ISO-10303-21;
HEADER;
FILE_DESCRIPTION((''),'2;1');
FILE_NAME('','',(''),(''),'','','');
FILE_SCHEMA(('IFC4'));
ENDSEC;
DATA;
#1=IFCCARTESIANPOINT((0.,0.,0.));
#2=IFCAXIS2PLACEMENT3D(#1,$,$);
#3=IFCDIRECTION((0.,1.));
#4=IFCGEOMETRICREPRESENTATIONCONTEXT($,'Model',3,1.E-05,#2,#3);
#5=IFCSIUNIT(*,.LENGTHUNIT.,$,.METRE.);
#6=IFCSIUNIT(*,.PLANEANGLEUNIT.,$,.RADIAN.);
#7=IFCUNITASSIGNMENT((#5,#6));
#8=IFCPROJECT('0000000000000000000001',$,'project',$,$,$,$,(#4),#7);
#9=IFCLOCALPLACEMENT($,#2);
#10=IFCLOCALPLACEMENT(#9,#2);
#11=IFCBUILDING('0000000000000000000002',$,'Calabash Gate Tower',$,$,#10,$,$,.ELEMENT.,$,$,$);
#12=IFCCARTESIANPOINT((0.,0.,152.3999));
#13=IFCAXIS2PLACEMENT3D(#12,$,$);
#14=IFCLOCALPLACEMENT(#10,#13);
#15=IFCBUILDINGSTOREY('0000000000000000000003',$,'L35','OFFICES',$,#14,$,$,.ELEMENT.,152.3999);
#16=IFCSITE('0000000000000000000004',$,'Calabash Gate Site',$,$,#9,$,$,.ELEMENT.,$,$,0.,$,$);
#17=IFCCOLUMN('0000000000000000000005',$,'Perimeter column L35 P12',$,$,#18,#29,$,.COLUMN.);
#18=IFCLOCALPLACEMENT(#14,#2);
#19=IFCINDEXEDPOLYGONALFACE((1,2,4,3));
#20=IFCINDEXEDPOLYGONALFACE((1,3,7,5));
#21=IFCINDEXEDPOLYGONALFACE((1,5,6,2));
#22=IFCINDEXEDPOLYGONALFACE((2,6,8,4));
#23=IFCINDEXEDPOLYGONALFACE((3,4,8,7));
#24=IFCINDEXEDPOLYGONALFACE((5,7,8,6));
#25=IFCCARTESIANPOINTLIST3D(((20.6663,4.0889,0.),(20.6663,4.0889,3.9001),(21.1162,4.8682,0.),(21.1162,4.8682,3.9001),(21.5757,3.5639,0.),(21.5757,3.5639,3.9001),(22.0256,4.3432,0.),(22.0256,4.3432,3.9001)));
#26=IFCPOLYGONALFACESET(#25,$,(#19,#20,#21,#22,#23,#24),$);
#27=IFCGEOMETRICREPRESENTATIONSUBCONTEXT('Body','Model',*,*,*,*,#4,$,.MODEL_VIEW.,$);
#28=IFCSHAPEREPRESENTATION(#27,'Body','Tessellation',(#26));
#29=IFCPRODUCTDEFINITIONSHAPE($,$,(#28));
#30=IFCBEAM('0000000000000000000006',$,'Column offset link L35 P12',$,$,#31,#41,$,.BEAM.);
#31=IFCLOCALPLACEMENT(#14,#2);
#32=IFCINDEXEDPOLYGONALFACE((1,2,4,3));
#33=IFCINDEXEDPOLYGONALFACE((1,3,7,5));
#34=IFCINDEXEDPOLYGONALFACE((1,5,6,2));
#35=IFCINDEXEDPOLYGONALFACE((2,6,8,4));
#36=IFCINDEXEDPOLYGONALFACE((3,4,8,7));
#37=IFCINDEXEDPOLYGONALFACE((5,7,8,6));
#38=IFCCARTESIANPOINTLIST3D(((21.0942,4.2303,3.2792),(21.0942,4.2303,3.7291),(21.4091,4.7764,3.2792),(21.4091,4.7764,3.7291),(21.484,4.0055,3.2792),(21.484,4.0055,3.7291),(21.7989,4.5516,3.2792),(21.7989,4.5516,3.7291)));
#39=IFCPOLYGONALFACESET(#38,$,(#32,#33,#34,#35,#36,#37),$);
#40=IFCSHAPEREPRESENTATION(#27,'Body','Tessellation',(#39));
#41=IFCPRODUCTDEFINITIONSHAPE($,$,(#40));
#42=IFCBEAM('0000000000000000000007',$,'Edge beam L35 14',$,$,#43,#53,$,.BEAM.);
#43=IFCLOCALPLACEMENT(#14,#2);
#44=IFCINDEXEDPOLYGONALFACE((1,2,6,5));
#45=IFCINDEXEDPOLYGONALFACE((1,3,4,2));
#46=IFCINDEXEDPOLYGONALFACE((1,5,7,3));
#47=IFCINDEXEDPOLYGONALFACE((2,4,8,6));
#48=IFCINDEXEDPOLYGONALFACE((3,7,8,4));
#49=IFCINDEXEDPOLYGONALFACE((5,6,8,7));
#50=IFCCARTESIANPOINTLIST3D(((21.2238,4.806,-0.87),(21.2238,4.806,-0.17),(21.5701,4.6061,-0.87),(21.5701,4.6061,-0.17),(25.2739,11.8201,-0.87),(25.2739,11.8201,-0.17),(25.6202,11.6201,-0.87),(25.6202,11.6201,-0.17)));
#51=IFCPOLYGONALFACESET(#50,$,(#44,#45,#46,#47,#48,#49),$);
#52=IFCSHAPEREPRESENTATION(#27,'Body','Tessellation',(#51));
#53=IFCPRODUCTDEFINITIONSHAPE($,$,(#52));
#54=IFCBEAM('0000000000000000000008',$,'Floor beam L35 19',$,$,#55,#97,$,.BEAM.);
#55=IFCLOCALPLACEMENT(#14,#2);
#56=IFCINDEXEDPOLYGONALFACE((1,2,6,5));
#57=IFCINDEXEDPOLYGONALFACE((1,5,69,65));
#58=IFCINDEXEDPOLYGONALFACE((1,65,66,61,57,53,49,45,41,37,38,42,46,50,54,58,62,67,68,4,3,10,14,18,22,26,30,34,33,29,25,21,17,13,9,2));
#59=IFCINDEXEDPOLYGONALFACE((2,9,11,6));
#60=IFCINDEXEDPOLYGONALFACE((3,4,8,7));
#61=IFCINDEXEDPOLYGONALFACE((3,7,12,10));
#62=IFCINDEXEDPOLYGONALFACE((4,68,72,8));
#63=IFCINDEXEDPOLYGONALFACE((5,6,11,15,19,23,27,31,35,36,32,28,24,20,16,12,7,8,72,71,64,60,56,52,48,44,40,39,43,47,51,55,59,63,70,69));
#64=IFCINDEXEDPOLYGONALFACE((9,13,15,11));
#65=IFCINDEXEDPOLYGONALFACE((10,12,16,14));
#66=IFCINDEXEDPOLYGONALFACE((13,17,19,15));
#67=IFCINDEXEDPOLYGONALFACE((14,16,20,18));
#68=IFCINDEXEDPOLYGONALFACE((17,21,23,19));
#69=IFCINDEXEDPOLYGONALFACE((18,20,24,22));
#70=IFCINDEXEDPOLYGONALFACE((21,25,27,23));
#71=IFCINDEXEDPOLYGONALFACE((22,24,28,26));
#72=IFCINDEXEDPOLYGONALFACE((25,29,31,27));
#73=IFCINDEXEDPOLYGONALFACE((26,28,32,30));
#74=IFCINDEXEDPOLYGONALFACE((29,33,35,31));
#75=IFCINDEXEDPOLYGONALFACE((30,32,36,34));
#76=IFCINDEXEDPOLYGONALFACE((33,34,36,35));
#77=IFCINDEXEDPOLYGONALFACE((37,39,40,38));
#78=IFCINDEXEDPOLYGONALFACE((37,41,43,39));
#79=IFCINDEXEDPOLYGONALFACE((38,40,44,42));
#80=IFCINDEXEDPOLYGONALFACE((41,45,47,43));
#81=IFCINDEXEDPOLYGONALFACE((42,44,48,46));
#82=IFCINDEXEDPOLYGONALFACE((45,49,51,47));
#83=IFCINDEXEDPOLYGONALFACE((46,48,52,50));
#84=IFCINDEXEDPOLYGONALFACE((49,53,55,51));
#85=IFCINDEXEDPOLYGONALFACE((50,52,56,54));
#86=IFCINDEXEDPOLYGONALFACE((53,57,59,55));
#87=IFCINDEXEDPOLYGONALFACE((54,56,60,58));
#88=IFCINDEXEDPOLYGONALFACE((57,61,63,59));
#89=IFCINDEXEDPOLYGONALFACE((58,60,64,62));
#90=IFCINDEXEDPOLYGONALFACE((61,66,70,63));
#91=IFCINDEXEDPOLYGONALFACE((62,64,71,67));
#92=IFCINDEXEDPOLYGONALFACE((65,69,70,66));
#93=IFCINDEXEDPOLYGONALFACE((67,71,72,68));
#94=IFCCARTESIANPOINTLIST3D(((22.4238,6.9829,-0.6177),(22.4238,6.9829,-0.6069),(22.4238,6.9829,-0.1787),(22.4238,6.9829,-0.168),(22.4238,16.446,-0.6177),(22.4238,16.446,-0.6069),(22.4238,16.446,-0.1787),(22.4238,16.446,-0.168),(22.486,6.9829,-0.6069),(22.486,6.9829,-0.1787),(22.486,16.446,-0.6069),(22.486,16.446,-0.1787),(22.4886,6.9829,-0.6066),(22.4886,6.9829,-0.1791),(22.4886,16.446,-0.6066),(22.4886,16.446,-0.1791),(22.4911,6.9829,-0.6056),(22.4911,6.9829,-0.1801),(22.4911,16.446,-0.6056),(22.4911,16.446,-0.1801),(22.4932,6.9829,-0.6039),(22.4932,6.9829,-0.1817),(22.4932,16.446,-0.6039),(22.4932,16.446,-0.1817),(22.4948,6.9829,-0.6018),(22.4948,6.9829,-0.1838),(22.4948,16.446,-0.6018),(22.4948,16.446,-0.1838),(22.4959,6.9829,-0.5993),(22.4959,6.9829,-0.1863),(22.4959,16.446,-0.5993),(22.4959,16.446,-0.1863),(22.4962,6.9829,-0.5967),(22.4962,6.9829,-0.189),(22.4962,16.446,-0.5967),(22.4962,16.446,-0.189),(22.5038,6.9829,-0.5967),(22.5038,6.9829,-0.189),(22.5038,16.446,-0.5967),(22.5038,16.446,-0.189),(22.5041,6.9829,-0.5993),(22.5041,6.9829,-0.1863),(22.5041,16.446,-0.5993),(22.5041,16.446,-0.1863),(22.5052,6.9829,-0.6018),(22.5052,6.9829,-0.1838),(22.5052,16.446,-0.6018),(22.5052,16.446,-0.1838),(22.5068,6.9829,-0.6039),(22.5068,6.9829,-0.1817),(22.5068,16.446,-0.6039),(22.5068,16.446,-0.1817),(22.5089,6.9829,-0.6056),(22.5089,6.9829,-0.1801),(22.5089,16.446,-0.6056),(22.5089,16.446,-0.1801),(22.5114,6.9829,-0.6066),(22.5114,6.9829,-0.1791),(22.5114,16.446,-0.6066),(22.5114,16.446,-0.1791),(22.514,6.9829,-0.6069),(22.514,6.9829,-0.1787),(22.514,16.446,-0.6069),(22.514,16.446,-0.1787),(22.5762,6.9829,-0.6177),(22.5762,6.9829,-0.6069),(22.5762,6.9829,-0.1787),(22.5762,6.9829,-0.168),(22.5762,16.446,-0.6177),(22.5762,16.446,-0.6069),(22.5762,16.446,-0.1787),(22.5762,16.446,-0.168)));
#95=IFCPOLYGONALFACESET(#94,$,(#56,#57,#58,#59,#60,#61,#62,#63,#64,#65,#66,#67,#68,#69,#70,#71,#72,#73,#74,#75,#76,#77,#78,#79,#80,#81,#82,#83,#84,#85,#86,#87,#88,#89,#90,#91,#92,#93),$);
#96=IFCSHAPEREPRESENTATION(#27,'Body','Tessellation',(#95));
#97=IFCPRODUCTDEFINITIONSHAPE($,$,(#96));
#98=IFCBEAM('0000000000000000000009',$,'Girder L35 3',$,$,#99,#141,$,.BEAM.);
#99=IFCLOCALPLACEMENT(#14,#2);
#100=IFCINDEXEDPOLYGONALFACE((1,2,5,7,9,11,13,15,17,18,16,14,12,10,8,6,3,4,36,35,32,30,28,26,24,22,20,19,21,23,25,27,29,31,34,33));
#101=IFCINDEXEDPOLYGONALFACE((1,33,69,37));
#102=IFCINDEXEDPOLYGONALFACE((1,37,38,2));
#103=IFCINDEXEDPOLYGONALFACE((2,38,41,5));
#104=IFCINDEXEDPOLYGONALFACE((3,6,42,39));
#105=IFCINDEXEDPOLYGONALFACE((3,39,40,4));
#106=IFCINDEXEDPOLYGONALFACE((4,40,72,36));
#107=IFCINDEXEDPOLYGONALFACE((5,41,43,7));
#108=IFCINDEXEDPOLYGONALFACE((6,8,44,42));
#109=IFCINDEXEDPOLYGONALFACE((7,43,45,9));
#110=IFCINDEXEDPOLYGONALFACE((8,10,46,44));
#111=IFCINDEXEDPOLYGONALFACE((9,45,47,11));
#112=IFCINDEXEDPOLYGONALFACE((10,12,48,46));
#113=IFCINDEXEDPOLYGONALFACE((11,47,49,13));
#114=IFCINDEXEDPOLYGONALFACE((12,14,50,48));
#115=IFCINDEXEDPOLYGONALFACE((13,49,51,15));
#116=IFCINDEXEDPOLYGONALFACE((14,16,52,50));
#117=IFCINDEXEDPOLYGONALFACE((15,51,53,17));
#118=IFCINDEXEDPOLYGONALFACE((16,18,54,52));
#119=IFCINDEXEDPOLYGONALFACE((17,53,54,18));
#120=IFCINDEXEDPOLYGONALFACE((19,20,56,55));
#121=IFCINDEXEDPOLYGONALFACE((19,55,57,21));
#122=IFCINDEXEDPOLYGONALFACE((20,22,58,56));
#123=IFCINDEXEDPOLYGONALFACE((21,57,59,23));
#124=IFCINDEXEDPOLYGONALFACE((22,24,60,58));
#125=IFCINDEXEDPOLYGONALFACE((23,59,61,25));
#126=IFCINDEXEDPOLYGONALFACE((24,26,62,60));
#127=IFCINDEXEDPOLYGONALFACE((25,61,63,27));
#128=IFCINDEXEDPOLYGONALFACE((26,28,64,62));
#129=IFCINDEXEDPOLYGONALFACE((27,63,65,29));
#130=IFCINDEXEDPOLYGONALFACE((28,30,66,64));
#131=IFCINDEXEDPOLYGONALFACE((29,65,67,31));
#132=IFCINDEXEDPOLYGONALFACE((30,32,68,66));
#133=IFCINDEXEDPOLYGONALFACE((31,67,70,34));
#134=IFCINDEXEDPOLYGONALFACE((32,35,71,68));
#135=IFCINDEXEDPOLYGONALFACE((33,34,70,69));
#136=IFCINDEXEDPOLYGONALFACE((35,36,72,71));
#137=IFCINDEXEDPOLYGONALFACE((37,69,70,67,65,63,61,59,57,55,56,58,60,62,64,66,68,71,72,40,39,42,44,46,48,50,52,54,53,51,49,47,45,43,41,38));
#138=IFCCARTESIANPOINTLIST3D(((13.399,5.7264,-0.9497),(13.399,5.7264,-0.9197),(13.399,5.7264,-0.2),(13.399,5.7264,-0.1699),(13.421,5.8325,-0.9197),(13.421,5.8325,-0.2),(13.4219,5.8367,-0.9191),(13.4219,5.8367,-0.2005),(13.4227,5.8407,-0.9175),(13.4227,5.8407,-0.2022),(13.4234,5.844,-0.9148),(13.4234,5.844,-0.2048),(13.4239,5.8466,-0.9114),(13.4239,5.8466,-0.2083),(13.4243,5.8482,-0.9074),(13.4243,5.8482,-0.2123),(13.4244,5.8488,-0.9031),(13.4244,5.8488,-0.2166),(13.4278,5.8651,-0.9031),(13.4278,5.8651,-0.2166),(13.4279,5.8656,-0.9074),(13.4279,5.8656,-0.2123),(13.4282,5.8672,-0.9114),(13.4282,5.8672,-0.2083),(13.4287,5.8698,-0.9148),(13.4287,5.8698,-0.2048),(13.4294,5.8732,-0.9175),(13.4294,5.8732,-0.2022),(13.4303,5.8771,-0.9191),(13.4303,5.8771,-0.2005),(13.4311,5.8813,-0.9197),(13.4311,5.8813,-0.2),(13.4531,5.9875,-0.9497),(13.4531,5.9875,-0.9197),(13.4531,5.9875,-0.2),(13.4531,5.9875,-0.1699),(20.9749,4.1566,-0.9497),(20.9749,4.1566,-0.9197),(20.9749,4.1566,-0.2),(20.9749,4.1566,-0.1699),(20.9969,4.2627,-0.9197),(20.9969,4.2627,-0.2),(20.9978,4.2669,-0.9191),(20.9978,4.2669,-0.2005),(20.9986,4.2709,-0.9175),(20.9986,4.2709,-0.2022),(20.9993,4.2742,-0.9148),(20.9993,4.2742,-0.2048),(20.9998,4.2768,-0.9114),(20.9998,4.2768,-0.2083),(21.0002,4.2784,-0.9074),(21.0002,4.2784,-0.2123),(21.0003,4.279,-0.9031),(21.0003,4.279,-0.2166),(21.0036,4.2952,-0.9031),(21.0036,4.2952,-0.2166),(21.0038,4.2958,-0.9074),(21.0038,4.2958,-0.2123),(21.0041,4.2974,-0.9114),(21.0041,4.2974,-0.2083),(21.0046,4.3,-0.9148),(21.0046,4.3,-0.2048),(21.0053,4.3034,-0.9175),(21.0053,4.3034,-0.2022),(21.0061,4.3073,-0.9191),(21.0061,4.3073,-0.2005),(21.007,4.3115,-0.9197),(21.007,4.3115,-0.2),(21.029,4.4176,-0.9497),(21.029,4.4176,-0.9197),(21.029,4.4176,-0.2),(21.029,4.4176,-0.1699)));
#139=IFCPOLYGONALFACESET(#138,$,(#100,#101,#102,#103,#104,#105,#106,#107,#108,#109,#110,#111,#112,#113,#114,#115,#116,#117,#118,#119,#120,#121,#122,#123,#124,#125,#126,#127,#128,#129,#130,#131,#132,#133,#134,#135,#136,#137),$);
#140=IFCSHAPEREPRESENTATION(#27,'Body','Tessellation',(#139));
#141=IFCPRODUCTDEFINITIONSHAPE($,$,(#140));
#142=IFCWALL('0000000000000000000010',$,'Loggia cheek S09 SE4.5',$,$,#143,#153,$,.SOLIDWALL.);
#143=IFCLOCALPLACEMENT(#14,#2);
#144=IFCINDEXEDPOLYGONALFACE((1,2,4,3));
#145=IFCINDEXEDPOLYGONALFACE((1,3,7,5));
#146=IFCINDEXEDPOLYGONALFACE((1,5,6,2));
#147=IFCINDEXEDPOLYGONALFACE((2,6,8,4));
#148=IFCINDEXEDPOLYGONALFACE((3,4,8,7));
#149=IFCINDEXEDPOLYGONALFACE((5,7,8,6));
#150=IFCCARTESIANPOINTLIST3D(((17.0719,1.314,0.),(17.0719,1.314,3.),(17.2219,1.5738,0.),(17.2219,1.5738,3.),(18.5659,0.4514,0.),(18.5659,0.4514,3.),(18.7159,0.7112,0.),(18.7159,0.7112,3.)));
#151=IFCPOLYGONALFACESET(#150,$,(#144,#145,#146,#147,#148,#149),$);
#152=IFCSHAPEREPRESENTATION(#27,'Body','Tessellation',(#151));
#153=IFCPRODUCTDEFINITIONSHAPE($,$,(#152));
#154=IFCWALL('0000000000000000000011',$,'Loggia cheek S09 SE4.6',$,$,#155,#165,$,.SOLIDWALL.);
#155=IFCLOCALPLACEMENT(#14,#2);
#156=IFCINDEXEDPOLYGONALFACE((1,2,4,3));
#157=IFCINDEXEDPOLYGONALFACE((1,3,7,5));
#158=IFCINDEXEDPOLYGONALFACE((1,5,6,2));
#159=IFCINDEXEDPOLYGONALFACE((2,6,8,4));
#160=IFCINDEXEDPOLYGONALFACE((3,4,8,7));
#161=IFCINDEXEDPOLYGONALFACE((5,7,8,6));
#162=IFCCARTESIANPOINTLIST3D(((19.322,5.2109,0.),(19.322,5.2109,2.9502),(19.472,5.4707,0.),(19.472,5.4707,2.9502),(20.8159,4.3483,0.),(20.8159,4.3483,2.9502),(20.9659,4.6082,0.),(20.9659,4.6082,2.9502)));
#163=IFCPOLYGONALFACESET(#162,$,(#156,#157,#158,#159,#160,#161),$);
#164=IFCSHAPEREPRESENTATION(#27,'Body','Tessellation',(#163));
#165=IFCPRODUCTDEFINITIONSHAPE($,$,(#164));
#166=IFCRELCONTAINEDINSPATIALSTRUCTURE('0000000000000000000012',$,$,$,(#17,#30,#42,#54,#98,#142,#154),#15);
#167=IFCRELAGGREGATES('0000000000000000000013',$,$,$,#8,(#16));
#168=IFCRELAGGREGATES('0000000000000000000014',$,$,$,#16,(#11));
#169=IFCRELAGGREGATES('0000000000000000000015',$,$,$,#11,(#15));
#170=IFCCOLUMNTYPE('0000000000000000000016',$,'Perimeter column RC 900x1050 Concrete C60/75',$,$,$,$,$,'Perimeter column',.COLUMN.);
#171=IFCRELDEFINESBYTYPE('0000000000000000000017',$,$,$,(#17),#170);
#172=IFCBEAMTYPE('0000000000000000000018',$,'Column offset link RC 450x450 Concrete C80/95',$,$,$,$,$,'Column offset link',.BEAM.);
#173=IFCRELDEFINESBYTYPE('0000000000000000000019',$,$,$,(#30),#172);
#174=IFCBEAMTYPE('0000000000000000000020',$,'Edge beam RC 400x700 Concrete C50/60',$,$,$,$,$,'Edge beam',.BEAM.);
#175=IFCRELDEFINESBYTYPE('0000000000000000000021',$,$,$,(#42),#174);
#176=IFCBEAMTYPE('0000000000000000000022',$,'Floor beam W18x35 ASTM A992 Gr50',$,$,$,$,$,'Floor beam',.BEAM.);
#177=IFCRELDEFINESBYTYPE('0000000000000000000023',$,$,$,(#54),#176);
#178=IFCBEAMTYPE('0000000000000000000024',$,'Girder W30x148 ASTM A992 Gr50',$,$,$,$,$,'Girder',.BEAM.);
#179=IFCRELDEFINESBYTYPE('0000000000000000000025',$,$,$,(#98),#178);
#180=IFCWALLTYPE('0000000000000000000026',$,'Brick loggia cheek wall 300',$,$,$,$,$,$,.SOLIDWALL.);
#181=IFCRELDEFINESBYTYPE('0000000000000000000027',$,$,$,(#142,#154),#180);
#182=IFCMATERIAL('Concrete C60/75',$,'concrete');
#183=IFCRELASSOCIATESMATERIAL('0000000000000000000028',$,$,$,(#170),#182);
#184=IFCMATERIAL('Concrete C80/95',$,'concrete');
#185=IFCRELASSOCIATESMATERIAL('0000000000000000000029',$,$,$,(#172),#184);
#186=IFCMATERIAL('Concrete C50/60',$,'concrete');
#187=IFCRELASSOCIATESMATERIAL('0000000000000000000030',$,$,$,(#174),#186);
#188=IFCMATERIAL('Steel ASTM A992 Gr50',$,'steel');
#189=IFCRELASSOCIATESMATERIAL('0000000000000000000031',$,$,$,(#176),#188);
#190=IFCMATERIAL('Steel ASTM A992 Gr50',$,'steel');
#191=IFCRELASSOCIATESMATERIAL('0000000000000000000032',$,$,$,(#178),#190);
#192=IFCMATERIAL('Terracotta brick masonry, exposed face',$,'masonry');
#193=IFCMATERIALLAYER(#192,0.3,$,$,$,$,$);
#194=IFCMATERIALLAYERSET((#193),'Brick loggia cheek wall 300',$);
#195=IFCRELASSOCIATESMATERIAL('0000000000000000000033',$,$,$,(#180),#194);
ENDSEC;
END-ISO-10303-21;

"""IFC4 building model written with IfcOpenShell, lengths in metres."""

from ifc_helpers import new_model, si_unit, direction, frame, frame_2d, origin, origin_2d, place, context, subcontext, project, spatial, rectangle, i_section, extrude, material, layer, layer_set, material_profile, profile_set, type_object, element, save


model = new_model("IFC4")

# Units and contexts
model_context = context("Model", 3, precision=1e-05, world=origin(), true_north=direction((0.0, 1.0)))
body_context = subcontext(model_context, "Body", "Model", "MODEL_VIEW")
ifc_project = project(units=[si_unit("LENGTHUNIT", "METRE"), si_unit("PLANEANGLEUNIT", "RADIAN")], contexts=[model_context])

# Site, building, storey
site_placement = place(None, origin())
site = spatial("IfcSite", under=ifc_project, at=site_placement, Name="Calabash Gate Site", CompositionType="ELEMENT", RefElevation=0.0)
building_placement = place(site_placement, origin())
building = spatial("IfcBuilding", under=site, at=building_placement, Name="Calabash Gate Tower", CompositionType="ELEMENT")
storey_placement = place(building_placement, frame((0.0, 0.0, 152.3999)))
storey = spatial("IfcBuildingStorey", under=building, at=storey_placement, Name="L35", Description="OFFICES", CompositionType="ELEMENT", Elevation=152.3999)

# Column
ifc_material_1 = material(Name="Concrete C60/75", Category="concrete")
ifc_material_profile_1 = material_profile(ifc_material_1, rectangle(XDim=0.8999, YDim=1.05, at=origin_2d()))
ifc_profile_set_1 = profile_set([ifc_material_profile_1], Name="Concrete C60/75")
column_type = type_object("IfcColumnType", Name="Perimeter column RC 900x1050 Concrete C60/75", ElementType="Perimeter column", PredefinedType="COLUMN", material=ifc_profile_set_1)
column_placement = place(storey_placement, frame((21.3459, 4.2161, 0.0), z_axis=(0.0, 0.0, 1.0), x_axis=(0.5, 0.866025, 0.0)))
element("IfcColumn", 1, at=column_placement, inside=storey, type_object=column_type, Name="Perimeter column L35 P12", PredefinedType="COLUMN", context=body_context, shape_type="SweptSolid", body=[
    extrude(rectangle(XDim=0.8999, YDim=1.05, at=origin_2d()), origin(), (0.0, 0.0, 1.0), 3.9001),
])

# Beams
ifc_material_2 = material(Name="Concrete C80/95", Category="concrete")
ifc_material_profile_2 = material_profile(ifc_material_2, rectangle(XDim=0.45, YDim=0.45, at=origin_2d()))
ifc_profile_set_2 = profile_set([ifc_material_profile_2], Name="Concrete C80/95")
beam_type_1 = type_object("IfcBeamType", Name="Column offset link RC 450x450 Concrete C80/95", ElementType="Column offset link", PredefinedType="BEAM", material=ifc_profile_set_2)
beam_1_placement = place(storey_placement, frame((21.2891, 4.1179, 3.5042), z_axis=(0.499555, 0.866282, 0.0), x_axis=(-0.866282, 0.499555, 0.0)))
element("IfcBeam", 2, at=beam_1_placement, inside=storey, type_object=beam_type_1, Name="Column offset link L35 P12", PredefinedType="BEAM", context=body_context, shape_type="SweptSolid", body=[
    extrude(rectangle(XDim=0.45, YDim=0.45, at=origin_2d()), origin(), (0.0, 0.0, 1.0), 0.6304),
])
ifc_material_3 = material(Name="Concrete C50/60", Category="concrete")
ifc_material_profile_3 = material_profile(ifc_material_3, rectangle(XDim=0.3999, YDim=0.7, at=origin_2d()))
ifc_profile_set_3 = profile_set([ifc_material_profile_3], Name="Concrete C50/60")
beam_type_2 = type_object("IfcBeamType", Name="Edge beam RC 400x700 Concrete C50/60", ElementType="Edge beam", PredefinedType="BEAM", material=ifc_profile_set_3)
beam_2_placement = place(storey_placement, frame((21.397, 4.7061, -0.52), z_axis=(0.500052, 0.865995, 0.0), x_axis=(-0.865995, 0.500052, 0.0)))
element("IfcBeam", 3, at=beam_2_placement, inside=storey, type_object=beam_type_2, Name="Edge beam L35 14", PredefinedType="BEAM", context=body_context, shape_type="SweptSolid", body=[
    extrude(rectangle(XDim=0.3999, YDim=0.7, at=origin_2d()), origin(), (0.0, 0.0, 1.0), 8.0994),
])
ifc_material_4 = material(Name="Steel ASTM A992 Gr50", Category="steel")
ifc_material_profile_4 = material_profile(ifc_material_4, i_section(OverallWidth=0.1523, OverallDepth=0.4497, WebThickness=0.0076, FlangeThickness=0.0107, FilletRadius=0.0103, at=origin_2d()))
ifc_profile_set_4 = profile_set([ifc_material_profile_4], Name="Steel ASTM A992 Gr50")
beam_type_3 = type_object("IfcBeamType", Name="Floor beam W18x35 ASTM A992 Gr50", ElementType="Floor beam", PredefinedType="BEAM", material=ifc_profile_set_4)
beam_3_placement = place(storey_placement, frame((22.5, 6.9829, -0.3928), z_axis=(0.0, 1.0, 0.0), x_axis=(-1.0, 0.0, 0.0)))
element("IfcBeam", 4, at=beam_3_placement, inside=storey, type_object=beam_type_3, Name="Floor beam L35 19", PredefinedType="BEAM", context=body_context, shape_type="SweptSolid", body=[
    extrude(i_section(OverallWidth=0.1523, OverallDepth=0.4497, WebThickness=0.0076, FlangeThickness=0.0107, FilletRadius=0.0103, at=origin_2d()), origin(), (0.0, 0.0, 1.0), 9.4631),
])
ifc_material_5 = material(Name="Steel ASTM A992 Gr50", Category="steel")
ifc_material_profile_5 = material_profile(ifc_material_5, i_section(OverallWidth=0.2666, OverallDepth=0.7798, WebThickness=0.0166, FlangeThickness=0.03, FilletRadius=0.0166, at=origin_2d()))
ifc_profile_set_5 = profile_set([ifc_material_profile_5], Name="Steel ASTM A992 Gr50")
beam_type_4 = type_object("IfcBeamType", Name="Girder W30x148 ASTM A992 Gr50", ElementType="Girder", PredefinedType="BEAM", material=ifc_profile_set_5)
beam_4_placement = place(storey_placement, frame((21.002, 4.2871, -0.5598), z_axis=(-0.979199, 0.202902, 0.0), x_axis=(-0.202902, -0.979199, 0.0)))
element("IfcBeam", 5, at=beam_4_placement, inside=storey, type_object=beam_type_4, Name="Girder L35 3", PredefinedType="BEAM", context=body_context, shape_type="SweptSolid", body=[
    extrude(i_section(OverallWidth=0.2666, OverallDepth=0.7798, WebThickness=0.0166, FlangeThickness=0.03, FilletRadius=0.0166, at=origin_2d()), origin(), (0.0, 0.0, 1.0), 7.7368),
])

# Walls
ifc_material_6 = material(Name="Terracotta brick masonry, exposed face", Category="masonry")
ifc_layer_1 = layer(ifc_material_6, 0.3)
ifc_layer_set_1 = layer_set([ifc_layer_1], Name="Brick loggia cheek wall 300")
wall_type_1 = type_object("IfcWallType", Name="Brick loggia cheek wall 300", PredefinedType="SOLIDWALL", material=ifc_layer_set_1)
wall_1_placement = place(storey_placement, frame((18.6409, 0.5813, 0.0), z_axis=(0.0, 0.0, 1.0), x_axis=(-0.866014, 0.500021, 0.0)))
element("IfcWall", 6, at=wall_1_placement, inside=storey, type_object=wall_type_1, Name="Loggia cheek S09 SE4.5", PredefinedType="SOLIDWALL", context=body_context, shape_type="SweptSolid", body=[
    extrude(rectangle(XDim=1.7251, YDim=0.3, at=frame_2d((0.8625, 0.0))), origin(), (0.0, 0.0, 1.0), 3.0),
])
wall_2_placement = place(storey_placement, frame((19.397, 5.3408, 0.0), z_axis=(0.0, 0.0, 1.0), x_axis=(0.866014, -0.500021, 0.0)))
element("IfcWall", 7, at=wall_2_placement, inside=storey, type_object=wall_type_1, Name="Loggia cheek S09 SE4.6", PredefinedType="SOLIDWALL", context=body_context, shape_type="SweptSolid", body=[
    extrude(rectangle(XDim=1.7251, YDim=0.3, at=frame_2d((0.8625, 0.0))), origin(), (0.0, 0.0, 1.0), 2.9502),
])

save(model, "model.ifc")
